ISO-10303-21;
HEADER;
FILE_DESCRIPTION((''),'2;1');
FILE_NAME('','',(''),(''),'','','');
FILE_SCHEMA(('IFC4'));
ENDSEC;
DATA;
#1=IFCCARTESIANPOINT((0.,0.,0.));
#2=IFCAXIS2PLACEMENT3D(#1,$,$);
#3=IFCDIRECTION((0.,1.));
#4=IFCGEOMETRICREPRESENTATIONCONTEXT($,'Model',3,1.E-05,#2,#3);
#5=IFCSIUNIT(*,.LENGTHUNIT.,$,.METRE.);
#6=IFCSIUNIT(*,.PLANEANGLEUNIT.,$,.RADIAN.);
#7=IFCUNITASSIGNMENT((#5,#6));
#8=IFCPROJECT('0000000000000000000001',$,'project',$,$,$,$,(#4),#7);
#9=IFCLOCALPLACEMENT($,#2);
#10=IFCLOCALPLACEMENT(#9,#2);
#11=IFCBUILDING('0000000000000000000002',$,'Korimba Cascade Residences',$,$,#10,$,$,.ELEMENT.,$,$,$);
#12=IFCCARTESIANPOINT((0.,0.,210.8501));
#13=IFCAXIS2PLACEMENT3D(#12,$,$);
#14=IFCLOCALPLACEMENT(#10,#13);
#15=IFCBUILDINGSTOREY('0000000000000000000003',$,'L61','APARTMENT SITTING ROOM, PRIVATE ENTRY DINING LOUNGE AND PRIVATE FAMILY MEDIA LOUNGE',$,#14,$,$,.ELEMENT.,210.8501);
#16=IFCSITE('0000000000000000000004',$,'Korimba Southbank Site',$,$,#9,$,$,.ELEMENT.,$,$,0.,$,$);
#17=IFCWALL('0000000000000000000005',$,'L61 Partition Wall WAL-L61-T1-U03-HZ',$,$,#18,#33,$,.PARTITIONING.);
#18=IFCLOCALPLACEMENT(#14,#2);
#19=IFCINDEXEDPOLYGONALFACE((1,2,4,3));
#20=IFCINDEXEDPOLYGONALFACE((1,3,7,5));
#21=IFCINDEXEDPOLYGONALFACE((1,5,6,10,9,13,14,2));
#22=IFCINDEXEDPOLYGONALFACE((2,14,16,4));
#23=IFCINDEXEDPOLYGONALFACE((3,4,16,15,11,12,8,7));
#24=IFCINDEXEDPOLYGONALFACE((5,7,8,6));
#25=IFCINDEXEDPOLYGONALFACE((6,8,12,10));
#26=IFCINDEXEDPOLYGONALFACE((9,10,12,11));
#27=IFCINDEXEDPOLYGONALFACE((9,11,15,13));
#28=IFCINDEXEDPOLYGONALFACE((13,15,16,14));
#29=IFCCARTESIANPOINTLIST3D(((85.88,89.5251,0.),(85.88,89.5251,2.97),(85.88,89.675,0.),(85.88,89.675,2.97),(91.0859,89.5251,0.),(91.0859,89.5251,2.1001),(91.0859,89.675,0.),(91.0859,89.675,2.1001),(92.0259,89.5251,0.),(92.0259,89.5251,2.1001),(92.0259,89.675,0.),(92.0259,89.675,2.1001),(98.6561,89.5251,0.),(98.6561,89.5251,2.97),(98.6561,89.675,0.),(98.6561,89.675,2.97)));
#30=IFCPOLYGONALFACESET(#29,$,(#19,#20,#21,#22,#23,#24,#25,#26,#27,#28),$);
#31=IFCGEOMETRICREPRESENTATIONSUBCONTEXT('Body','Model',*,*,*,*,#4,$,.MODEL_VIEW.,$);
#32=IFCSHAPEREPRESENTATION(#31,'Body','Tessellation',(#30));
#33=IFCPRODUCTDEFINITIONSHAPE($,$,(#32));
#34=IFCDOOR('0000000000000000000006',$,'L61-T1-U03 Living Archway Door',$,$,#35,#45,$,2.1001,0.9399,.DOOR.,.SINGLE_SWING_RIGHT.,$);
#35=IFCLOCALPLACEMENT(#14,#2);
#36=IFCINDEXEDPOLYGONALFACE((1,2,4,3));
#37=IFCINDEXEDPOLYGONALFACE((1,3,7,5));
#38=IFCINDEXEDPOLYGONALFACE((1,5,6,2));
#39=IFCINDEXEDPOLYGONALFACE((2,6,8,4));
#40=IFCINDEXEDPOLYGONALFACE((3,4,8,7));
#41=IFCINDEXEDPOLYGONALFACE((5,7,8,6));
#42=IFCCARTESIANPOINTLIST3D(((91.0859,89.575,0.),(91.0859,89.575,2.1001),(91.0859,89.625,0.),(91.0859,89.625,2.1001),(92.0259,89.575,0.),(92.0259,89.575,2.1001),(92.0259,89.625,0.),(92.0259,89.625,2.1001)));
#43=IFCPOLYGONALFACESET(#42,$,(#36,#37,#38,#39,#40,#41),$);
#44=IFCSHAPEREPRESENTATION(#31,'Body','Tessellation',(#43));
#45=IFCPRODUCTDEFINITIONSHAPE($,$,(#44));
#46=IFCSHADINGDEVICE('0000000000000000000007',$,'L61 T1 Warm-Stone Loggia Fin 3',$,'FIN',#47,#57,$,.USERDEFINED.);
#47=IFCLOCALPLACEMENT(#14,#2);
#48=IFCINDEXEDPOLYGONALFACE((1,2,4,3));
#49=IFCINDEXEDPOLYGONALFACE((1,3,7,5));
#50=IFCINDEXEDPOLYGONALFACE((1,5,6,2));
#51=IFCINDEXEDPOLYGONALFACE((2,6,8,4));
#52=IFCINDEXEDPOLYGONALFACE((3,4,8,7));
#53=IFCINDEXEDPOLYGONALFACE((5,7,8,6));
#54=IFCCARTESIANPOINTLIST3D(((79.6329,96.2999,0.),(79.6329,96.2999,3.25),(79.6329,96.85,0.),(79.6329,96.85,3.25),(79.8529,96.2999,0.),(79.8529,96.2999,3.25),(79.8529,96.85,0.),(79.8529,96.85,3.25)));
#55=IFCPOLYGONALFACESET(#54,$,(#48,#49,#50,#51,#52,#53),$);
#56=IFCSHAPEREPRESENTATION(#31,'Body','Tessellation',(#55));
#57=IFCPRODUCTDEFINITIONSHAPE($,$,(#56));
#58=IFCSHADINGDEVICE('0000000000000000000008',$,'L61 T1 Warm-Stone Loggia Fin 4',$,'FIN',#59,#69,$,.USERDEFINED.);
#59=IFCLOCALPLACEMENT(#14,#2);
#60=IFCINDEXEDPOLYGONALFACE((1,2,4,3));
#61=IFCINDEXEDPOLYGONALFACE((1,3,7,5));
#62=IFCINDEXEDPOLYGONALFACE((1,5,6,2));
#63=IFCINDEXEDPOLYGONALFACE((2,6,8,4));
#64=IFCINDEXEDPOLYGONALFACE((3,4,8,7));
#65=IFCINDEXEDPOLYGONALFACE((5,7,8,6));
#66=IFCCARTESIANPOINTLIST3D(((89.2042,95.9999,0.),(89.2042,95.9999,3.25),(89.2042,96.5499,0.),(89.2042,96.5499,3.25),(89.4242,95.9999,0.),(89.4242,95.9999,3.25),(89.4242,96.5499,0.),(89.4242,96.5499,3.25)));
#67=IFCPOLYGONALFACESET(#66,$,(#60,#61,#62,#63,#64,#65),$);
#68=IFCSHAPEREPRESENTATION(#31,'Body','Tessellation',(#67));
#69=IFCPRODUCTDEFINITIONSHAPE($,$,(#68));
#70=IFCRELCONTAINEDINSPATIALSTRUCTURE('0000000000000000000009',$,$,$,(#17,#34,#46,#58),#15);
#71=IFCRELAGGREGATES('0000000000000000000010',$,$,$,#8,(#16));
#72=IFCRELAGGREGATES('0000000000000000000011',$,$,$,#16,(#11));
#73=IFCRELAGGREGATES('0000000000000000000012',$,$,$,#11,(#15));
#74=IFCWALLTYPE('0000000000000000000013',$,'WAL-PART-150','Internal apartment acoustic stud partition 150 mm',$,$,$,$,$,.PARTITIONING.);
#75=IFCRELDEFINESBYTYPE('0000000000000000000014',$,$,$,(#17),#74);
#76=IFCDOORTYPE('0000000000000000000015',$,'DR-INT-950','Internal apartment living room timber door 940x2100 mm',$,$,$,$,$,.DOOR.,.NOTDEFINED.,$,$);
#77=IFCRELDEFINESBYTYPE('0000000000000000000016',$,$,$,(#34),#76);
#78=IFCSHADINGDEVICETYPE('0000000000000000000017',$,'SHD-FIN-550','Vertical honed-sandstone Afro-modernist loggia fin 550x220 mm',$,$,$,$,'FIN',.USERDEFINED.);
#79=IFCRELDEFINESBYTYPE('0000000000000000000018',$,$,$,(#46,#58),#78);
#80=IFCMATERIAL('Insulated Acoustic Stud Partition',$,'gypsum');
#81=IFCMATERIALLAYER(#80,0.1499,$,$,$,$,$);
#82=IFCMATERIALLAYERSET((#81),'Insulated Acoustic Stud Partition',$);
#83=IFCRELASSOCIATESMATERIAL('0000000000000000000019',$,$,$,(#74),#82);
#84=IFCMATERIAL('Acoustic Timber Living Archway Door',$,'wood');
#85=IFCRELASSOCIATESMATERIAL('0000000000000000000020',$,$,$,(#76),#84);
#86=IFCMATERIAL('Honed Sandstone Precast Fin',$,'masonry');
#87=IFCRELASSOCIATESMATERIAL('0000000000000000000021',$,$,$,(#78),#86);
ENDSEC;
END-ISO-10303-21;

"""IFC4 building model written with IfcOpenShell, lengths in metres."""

from ifc_helpers import new_model, si_unit, direction, frame, frame_2d, origin, origin_2d, place, context, subcontext, project, spatial, rectangle, extrude, material, layer, layer_set, type_object, element, fill, save


model = new_model("IFC4")

# Units and contexts
model_context = context("Model", 3, precision=1e-05, world=origin(), true_north=direction((0.0, 1.0)))
body_context = subcontext(model_context, "Body", "Model", "MODEL_VIEW")
ifc_project = project(units=[si_unit("LENGTHUNIT", "METRE"), si_unit("PLANEANGLEUNIT", "RADIAN")], contexts=[model_context])

# Site, building, storey
site_placement = place(None, origin())
site = spatial("IfcSite", under=ifc_project, at=site_placement, Name="Korimba Southbank Site", CompositionType="ELEMENT", RefElevation=0.0)
building_placement = place(site_placement, origin())
building = spatial("IfcBuilding", under=site, at=building_placement, Name="Korimba Cascade Residences", CompositionType="ELEMENT")
storey_placement = place(building_placement, frame((0.0, 0.0, 210.8501)))
storey = spatial("IfcBuildingStorey", under=building, at=storey_placement, Name="L61", Description="APARTMENT SITTING ROOM, PRIVATE ENTRY DINING LOUNGE AND PRIVATE FAMILY MEDIA LOUNGE", CompositionType="ELEMENT", Elevation=210.8501)

# Shared definitions
ifc_material_1 = material(Name="Insulated Acoustic Stud Partition", Category="gypsum")
ifc_layer = layer(ifc_material_1, 0.1499)
ifc_layer_set = layer_set([ifc_layer], Name="Insulated Acoustic Stud Partition")
wall_type = type_object("IfcWallType", Name="WAL-PART-150", Description="Internal apartment acoustic stud partition 150 mm", PredefinedType="PARTITIONING", material=ifc_layer_set)

# Wall, opening, door
ifc_material_2 = material(Name="Acoustic Timber Living Archway Door", Category="wood")
door_type_1 = type_object("IfcDoorType", Name="DR-INT-950", Description="Internal apartment living room timber door 940x2100 mm", OperationType="NOTDEFINED", PredefinedType="DOOR", material=ifc_material_2)
wall_1_placement = place(storey_placement, frame((85.8799, 89.6001, 0.0), z_axis=(0.0, 0.0, 1.0), x_axis=(1.0, 0.0, 0.0)))
wall_1 = element("IfcWall", 1, at=wall_1_placement, inside=storey, type_object=wall_type, Name="L61 Partition Wall WAL-L61-T1-U03-HZ", PredefinedType="PARTITIONING", context=body_context, shape_type="SweptSolid", body=[
    extrude(rectangle(XDim=12.7761, YDim=0.1499, at=frame_2d((6.3882, 0.0))), origin(), (0.0, 0.0, 1.0), 2.97),
])
opening_1_placement = place(wall_1_placement, frame((5.2061, 0.0, 0.0)))
opening_1 = element("IfcOpeningElement", 2, at=opening_1_placement, cuts=wall_1, PredefinedType="OPENING", context=body_context, shape_type="SweptSolid", body=[
    extrude(rectangle(XDim=0.9399, YDim=2.1001, at=frame_2d((0.47, 1.05))), frame((0.0, 0.085, 0.0), z_axis=(0.0, -1.0, 0.0), x_axis=(1.0, 0.0, 0.0)), (0.0, 0.0, 1.0), 0.1699),
])
door_1_placement = place(opening_1_placement, origin())
door_1 = element("IfcDoor", 3, at=door_1_placement, inside=storey, type_object=door_type_1, Name="L61-T1-U03 Living Archway Door", OperationType="SINGLE_SWING_RIGHT", OverallHeight=2.1001, OverallWidth=0.9399, PredefinedType="DOOR", context=body_context, shape_type="SweptSolid", body=[
    extrude(rectangle(XDim=0.9399, YDim=2.1001, at=frame_2d((0.47, 1.05))), frame((0.0, 0.0249, 0.0), z_axis=(0.0, -1.0, 0.0), x_axis=(1.0, 0.0, 0.0)), (0.0, 0.0, 1.0), 0.05),
])
fill(opening_1, door_1)

# Shading devices
ifc_material_3 = material(Name="Honed Sandstone Precast Fin", Category="masonry")
shading_device_type = type_object("IfcShadingDeviceType", Name="SHD-FIN-550", Description="Vertical honed-sandstone Afro-modernist loggia fin 550x220 mm", ElementType="FIN", PredefinedType="USERDEFINED", material=ifc_material_3)
for number, where, z_axis, x_axis, name in (
    (4, (79.7429, 96.575, 0.0), (0.0, 0.0, 1.0), (1.0, 0.0, 0.0), "L61 T1 Warm-Stone Loggia Fin 3"),
    (5, (89.3142, 96.2749, 0.0), (0.0, 0.0, 1.0), (1.0, 0.0, 0.0), "L61 T1 Warm-Stone Loggia Fin 4"),
):
    element("IfcShadingDevice", number, at=place(storey_placement, frame(where, z_axis=z_axis, x_axis=x_axis)), inside=storey, type_object=shading_device_type, Name=name, ObjectType="FIN", PredefinedType="USERDEFINED", context=body_context, shape_type="SweptSolid", body=[
        extrude(rectangle(XDim=0.22, YDim=0.55, at=origin_2d()), origin(), (0.0, 0.0, 1.0), 3.25),
    ])

save(model, "model.ifc")
